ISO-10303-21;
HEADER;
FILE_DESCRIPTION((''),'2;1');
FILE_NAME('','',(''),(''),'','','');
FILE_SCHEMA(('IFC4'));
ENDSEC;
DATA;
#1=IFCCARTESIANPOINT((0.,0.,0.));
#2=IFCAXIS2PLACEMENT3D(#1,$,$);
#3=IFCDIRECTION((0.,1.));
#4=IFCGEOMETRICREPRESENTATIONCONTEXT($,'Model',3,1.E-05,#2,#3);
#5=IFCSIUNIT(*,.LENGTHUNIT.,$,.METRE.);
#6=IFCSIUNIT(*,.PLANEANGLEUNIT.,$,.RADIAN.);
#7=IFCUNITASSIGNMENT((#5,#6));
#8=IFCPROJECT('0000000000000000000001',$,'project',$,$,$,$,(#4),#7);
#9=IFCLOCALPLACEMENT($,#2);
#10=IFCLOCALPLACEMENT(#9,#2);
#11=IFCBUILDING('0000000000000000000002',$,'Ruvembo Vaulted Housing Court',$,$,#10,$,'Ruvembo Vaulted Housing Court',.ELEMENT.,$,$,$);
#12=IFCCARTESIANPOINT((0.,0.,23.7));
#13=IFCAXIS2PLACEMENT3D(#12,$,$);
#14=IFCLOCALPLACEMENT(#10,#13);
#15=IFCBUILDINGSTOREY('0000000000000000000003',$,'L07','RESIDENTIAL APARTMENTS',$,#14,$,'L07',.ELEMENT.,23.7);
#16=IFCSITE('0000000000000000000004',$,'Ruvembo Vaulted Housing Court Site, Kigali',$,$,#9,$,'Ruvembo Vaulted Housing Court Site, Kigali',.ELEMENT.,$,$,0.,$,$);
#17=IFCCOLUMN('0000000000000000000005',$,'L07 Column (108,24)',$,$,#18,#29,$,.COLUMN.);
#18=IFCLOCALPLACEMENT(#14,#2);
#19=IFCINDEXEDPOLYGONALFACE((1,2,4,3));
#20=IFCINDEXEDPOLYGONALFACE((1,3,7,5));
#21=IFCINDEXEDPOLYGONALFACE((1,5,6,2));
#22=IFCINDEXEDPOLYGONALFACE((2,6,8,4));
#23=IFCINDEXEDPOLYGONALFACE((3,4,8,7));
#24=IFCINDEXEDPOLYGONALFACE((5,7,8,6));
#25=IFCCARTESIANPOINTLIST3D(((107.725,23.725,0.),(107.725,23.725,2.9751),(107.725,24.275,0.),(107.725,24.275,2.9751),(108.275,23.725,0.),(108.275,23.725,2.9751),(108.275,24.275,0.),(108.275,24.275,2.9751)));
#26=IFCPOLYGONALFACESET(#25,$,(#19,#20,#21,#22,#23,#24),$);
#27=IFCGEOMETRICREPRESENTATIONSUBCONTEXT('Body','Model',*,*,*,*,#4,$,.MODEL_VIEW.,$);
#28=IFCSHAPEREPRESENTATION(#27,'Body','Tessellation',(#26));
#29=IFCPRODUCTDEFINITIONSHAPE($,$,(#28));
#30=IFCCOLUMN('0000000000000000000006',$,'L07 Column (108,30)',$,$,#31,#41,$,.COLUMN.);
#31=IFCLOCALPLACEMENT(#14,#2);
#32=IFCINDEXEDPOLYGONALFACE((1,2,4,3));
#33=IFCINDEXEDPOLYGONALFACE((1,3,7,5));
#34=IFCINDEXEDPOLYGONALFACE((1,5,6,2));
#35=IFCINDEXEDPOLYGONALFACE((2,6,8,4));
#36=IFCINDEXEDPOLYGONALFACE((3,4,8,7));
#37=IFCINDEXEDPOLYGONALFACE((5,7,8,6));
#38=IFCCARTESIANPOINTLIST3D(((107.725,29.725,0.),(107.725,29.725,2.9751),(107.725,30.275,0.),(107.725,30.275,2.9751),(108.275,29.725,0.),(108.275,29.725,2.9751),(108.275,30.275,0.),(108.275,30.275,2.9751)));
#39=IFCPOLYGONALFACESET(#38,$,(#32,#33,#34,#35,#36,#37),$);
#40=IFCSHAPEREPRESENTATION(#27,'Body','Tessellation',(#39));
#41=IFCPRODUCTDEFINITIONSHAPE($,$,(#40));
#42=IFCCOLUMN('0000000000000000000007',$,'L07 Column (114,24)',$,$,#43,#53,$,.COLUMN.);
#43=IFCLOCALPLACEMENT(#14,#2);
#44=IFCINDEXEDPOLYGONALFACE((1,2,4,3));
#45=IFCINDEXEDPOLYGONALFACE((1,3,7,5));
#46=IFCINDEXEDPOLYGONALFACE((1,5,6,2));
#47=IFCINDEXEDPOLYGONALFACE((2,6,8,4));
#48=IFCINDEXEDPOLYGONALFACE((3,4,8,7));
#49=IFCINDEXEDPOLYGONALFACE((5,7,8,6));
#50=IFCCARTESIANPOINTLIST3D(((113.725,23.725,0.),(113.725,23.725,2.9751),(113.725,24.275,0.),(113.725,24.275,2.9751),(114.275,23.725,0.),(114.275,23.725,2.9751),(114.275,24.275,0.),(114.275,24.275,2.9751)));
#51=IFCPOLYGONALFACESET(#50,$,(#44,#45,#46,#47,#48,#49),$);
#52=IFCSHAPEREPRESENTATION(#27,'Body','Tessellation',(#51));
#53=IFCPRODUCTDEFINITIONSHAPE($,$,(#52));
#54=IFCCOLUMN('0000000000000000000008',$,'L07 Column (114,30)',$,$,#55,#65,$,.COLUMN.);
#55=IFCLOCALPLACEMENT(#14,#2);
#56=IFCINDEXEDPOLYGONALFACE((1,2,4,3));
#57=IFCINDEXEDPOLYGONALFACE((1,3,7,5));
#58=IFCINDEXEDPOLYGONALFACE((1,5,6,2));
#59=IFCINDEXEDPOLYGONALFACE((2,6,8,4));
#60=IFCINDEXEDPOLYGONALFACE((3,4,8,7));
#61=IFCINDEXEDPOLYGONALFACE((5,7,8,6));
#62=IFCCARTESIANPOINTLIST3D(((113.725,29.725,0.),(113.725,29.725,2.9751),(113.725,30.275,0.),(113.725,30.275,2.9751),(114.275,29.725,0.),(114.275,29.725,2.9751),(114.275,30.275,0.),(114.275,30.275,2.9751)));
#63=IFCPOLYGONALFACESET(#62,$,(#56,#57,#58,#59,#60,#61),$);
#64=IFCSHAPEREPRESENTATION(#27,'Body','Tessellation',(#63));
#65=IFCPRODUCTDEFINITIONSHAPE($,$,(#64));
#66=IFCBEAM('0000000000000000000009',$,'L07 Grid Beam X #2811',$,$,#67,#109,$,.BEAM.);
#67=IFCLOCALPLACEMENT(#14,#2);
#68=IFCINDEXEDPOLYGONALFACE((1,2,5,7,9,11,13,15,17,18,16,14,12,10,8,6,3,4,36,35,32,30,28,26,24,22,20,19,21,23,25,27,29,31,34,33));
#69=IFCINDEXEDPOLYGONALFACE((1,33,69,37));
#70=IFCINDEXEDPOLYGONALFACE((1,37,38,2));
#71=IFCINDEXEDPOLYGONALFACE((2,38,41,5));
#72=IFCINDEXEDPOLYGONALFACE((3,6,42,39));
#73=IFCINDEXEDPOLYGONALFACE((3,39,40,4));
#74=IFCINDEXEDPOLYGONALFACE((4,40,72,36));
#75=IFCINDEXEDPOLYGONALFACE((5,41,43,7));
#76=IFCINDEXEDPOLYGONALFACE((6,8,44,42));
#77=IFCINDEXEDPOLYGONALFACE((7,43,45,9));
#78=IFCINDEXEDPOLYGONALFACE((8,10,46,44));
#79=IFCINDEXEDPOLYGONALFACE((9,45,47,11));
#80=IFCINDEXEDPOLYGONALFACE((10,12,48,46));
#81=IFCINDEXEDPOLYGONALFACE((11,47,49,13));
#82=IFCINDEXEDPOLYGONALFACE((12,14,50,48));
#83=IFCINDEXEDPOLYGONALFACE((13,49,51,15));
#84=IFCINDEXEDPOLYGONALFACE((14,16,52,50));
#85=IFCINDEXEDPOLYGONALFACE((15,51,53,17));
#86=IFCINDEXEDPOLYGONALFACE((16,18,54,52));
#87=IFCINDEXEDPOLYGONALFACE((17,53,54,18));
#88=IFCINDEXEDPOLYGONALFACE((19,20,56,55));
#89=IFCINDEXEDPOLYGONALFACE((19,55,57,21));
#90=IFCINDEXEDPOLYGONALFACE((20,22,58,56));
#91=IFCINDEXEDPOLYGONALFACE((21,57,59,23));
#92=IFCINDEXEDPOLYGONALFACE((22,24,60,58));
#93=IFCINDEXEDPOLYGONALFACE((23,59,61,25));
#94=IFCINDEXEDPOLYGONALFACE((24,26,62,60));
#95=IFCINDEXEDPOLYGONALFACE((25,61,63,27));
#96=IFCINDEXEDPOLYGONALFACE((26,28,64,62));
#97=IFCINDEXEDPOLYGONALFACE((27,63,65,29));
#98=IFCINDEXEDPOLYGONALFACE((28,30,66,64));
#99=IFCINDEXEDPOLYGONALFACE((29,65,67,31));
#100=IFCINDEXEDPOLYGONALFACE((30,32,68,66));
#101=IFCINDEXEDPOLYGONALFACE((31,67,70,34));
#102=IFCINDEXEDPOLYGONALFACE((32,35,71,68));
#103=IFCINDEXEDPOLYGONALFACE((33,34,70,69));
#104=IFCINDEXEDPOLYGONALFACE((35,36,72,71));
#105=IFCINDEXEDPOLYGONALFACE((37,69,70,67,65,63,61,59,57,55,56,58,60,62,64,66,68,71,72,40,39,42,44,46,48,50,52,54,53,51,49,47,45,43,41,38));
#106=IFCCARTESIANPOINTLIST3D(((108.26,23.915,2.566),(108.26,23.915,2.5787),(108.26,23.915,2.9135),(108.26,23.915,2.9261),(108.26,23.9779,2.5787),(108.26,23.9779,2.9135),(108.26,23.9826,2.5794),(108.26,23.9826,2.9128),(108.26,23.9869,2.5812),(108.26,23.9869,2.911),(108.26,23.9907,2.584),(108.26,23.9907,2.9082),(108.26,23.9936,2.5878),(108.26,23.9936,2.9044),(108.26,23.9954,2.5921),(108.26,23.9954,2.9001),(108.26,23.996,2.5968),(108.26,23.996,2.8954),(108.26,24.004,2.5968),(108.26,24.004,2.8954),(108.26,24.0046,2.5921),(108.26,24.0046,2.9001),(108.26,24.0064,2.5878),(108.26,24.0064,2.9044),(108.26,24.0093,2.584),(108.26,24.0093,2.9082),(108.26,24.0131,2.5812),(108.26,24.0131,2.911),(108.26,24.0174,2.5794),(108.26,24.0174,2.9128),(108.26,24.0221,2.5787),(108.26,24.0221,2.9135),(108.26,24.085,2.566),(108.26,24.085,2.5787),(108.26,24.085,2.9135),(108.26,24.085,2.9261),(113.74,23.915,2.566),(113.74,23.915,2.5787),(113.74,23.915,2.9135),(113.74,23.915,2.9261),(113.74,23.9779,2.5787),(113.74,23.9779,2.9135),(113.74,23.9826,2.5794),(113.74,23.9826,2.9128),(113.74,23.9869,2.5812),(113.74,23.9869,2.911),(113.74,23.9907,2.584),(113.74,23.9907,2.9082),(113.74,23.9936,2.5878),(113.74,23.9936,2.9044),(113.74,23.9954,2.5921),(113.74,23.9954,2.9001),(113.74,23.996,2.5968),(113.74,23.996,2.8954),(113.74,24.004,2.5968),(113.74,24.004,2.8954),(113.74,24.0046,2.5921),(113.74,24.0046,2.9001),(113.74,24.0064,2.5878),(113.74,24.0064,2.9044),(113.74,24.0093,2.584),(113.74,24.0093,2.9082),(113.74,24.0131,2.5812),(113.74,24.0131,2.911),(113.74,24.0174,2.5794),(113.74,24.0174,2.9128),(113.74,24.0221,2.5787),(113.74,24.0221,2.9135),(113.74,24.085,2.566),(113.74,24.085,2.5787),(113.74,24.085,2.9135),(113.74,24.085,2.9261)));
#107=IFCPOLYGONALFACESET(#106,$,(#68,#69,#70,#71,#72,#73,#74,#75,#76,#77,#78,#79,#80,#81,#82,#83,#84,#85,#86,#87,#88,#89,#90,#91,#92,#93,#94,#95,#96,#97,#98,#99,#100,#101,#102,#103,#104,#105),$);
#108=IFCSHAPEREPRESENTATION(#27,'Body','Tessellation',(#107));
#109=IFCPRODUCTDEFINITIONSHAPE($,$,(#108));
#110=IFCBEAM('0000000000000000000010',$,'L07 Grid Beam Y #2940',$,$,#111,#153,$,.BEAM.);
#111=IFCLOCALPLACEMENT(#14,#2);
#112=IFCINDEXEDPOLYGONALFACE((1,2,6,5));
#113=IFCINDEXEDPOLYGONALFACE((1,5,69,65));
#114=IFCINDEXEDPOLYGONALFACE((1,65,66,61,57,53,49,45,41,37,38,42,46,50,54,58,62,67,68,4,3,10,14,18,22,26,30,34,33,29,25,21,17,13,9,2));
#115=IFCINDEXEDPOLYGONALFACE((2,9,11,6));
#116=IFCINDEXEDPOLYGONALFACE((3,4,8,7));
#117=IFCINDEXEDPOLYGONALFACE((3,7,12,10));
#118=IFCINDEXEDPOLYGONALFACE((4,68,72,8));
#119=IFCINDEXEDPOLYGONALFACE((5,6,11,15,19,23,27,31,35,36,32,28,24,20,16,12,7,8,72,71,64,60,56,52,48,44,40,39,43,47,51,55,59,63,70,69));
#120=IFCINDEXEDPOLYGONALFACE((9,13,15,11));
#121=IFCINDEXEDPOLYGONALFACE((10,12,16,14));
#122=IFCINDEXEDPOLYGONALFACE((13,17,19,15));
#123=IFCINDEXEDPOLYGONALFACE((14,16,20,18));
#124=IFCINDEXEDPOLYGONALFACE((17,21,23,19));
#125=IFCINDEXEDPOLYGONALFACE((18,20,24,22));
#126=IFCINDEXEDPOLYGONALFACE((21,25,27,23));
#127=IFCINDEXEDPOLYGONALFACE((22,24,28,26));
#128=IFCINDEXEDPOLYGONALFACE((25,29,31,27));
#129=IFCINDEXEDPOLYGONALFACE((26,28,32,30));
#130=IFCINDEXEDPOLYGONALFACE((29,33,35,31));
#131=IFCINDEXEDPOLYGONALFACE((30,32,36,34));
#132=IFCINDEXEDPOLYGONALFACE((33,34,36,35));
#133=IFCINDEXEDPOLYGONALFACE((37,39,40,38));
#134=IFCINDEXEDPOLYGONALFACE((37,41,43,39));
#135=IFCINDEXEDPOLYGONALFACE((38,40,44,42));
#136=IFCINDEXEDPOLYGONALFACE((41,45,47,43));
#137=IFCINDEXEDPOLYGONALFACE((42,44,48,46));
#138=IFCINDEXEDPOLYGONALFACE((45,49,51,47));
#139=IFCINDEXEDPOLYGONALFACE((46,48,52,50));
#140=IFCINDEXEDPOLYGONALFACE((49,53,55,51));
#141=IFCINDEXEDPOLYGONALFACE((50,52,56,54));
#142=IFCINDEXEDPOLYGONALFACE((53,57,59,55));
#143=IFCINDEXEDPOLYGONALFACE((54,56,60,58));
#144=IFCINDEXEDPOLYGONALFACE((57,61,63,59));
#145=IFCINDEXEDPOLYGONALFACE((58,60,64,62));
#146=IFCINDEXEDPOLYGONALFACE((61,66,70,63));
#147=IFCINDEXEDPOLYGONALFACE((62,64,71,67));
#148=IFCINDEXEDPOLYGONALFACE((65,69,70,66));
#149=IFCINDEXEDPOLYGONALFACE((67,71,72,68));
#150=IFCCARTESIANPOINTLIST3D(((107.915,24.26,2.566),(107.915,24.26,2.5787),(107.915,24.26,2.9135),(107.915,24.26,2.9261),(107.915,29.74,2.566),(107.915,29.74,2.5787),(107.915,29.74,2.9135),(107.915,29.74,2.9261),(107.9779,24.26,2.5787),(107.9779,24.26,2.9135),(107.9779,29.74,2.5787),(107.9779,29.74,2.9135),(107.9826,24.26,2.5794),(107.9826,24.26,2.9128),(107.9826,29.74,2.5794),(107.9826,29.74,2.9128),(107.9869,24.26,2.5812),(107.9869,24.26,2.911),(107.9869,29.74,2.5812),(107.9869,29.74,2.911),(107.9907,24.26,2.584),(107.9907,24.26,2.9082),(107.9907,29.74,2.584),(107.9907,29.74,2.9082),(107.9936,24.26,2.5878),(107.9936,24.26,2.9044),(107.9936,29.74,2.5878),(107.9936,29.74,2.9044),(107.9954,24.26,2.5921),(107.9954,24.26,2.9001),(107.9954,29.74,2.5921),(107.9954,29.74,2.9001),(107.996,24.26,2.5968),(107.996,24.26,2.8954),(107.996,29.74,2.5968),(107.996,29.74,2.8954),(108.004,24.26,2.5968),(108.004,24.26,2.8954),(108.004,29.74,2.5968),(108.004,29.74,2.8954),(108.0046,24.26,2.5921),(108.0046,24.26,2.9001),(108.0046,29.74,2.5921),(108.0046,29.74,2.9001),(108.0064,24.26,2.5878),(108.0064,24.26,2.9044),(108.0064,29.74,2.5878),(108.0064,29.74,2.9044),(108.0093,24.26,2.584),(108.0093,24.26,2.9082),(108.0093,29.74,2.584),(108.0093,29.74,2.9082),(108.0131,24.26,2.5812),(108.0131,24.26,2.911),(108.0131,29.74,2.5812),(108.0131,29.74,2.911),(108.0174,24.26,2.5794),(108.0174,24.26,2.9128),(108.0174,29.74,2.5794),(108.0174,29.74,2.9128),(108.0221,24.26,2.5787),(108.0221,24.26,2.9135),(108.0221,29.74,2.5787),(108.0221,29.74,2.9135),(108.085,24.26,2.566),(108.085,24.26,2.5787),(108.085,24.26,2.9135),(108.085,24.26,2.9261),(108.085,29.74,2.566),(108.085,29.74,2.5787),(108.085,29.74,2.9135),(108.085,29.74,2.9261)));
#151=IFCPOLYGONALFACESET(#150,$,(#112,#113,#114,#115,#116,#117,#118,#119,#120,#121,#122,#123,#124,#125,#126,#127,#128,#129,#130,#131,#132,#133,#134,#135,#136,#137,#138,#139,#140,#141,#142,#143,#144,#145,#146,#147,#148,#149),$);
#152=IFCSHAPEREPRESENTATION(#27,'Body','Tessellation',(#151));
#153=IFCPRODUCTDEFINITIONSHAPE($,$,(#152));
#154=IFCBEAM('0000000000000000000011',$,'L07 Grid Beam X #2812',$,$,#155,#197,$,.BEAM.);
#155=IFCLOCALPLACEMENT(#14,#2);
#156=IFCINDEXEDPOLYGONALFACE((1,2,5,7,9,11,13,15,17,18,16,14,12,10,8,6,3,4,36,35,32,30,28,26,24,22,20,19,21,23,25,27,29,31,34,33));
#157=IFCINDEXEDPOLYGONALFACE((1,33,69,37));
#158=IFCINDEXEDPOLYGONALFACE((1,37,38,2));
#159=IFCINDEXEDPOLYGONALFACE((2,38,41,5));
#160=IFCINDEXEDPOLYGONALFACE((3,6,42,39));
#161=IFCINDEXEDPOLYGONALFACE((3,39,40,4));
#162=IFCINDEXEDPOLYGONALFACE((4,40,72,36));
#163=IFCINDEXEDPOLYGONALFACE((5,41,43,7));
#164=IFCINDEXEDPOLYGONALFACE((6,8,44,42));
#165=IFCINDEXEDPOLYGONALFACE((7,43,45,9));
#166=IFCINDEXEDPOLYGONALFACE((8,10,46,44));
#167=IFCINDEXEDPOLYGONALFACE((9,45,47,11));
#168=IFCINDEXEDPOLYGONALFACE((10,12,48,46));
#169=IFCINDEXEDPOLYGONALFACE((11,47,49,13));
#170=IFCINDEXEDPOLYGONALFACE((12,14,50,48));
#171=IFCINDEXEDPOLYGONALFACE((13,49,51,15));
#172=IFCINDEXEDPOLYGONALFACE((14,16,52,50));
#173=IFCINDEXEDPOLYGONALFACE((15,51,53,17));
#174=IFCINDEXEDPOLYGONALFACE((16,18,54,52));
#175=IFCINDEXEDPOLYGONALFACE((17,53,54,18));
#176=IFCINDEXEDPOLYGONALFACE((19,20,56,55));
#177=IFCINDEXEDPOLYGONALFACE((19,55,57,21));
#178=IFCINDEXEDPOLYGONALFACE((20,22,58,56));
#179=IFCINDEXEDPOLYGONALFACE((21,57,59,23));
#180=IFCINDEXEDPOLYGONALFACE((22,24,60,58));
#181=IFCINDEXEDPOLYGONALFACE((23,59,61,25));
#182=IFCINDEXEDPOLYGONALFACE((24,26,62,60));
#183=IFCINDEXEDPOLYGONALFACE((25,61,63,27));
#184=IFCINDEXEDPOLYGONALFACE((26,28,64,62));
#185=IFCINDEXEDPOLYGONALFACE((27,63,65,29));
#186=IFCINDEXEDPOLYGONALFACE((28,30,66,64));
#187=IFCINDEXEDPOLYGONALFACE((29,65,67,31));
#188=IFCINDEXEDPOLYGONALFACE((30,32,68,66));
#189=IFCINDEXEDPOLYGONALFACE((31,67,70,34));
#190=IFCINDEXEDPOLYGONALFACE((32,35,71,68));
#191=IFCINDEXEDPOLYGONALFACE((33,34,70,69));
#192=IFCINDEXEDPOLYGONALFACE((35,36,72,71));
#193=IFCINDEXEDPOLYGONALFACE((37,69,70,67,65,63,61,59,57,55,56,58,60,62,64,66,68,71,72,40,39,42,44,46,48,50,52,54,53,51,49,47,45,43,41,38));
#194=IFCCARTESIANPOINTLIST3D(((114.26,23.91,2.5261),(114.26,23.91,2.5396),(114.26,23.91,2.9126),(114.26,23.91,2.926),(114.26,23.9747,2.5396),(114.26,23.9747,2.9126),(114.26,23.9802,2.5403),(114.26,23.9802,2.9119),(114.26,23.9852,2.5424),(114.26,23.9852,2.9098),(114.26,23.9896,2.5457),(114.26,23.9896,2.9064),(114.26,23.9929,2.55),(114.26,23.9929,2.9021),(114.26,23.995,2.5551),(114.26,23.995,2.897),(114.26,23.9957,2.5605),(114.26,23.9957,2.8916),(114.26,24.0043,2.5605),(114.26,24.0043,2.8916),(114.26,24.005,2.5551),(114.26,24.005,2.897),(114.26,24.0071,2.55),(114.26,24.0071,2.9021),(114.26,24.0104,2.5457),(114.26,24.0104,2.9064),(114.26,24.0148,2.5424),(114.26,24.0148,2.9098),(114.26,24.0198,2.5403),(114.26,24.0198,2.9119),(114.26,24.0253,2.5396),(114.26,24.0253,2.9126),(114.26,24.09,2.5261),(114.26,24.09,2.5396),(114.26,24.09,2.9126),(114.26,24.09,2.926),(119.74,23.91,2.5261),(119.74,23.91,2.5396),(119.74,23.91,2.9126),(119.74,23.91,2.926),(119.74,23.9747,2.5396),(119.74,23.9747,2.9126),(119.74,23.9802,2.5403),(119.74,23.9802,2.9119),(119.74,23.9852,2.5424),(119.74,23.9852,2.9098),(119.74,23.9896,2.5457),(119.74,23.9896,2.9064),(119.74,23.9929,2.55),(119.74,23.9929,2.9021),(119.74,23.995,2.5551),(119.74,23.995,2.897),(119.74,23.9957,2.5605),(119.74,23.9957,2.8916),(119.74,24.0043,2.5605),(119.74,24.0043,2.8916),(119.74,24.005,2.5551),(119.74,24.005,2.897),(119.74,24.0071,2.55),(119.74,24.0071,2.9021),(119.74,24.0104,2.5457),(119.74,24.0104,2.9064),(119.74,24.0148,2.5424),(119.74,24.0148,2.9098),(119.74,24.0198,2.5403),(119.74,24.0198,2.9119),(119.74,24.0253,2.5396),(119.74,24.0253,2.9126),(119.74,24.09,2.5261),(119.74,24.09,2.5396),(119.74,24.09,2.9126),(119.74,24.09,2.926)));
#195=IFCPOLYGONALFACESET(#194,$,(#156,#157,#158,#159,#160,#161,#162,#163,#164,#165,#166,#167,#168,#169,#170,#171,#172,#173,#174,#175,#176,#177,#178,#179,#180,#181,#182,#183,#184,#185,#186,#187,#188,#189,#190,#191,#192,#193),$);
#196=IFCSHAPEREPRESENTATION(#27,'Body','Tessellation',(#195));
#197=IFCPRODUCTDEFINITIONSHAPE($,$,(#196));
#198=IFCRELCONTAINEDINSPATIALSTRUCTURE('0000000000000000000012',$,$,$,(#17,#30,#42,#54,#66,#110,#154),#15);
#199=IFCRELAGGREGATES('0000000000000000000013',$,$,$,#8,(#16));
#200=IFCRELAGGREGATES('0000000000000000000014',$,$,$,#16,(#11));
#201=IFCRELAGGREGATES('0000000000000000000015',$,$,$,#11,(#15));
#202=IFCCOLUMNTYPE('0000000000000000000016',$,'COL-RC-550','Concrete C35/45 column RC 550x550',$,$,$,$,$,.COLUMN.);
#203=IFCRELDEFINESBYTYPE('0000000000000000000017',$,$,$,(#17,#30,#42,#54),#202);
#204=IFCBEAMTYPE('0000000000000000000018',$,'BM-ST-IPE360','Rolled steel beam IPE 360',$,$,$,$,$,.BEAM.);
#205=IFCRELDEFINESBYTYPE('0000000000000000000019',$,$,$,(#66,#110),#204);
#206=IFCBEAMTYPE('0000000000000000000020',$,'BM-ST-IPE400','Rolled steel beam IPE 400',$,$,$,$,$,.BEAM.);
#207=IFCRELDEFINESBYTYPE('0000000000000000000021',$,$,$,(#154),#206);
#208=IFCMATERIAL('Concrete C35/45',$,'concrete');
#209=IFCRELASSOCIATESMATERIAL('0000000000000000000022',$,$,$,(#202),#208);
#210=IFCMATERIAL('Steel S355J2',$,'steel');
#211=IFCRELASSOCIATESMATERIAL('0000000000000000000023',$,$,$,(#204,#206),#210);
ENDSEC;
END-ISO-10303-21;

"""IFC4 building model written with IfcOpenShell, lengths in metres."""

from ifc_helpers import new_model, si_unit, direction, frame, origin, origin_2d, place, context, subcontext, project, spatial, rectangle, i_section, extrude, material, material_profile, profile_set, type_object, element, save


model = new_model("IFC4")

# Units and contexts
model_context = context("Model", 3, precision=1e-05, world=origin(), true_north=direction((0.0, 1.0)))
body_context = subcontext(model_context, "Body", "Model", "MODEL_VIEW")
ifc_project = project(units=[si_unit("LENGTHUNIT", "METRE"), si_unit("PLANEANGLEUNIT", "RADIAN")], contexts=[model_context])

# Site, building, storey
site_placement = place(None, origin())
site = spatial("IfcSite", under=ifc_project, at=site_placement, Name="Ruvembo Vaulted Housing Court Site, Kigali", LongName="Ruvembo Vaulted Housing Court Site, Kigali", CompositionType="ELEMENT", RefElevation=0.0)
building_placement = place(site_placement, origin())
building = spatial("IfcBuilding", under=site, at=building_placement, Name="Ruvembo Vaulted Housing Court", LongName="Ruvembo Vaulted Housing Court", CompositionType="ELEMENT")
storey_placement = place(building_placement, frame((0.0, 0.0, 23.7)))
storey = spatial("IfcBuildingStorey", under=building, at=storey_placement, Name="L07", Description="RESIDENTIAL APARTMENTS", LongName="L07", CompositionType="ELEMENT", Elevation=23.7)

# Columns
ifc_material_1 = material(Name="Concrete C35/45", Category="concrete")
ifc_material_profile_1 = material_profile(ifc_material_1, rectangle(XDim=0.55, YDim=0.55, at=origin_2d()), Name="RC 550x550")
ifc_profile_set_1 = profile_set([ifc_material_profile_1], Name="Concrete C35/45")
column_type = type_object("IfcColumnType", Name="COL-RC-550", Description="Concrete C35/45 column RC 550x550", PredefinedType="COLUMN", material=ifc_profile_set_1)
for number, where, z_axis, x_axis, name in (
    (1, (108.0, 24.0, 0.0), (0.0, 0.0, 1.0), (1.0, 0.0, 0.0), "L07 Column (108,24)"),
    (2, (108.0, 30.0, 0.0), (0.0, 0.0, 1.0), (1.0, 0.0, 0.0), "L07 Column (108,30)"),
    (3, (114.0, 24.0, 0.0), (0.0, 0.0, 1.0), (1.0, 0.0, 0.0), "L07 Column (114,24)"),
    (4, (114.0, 30.0, 0.0), (0.0, 0.0, 1.0), (1.0, 0.0, 0.0), "L07 Column (114,30)"),
):
    element("IfcColumn", number, at=place(storey_placement, frame(where, z_axis=z_axis, x_axis=x_axis)), inside=storey, type_object=column_type, Name=name, PredefinedType="COLUMN", context=body_context, shape_type="SweptSolid", body=[
        extrude(rectangle(XDim=0.55, YDim=0.55, at=origin_2d()), origin(), (0.0, 0.0, 1.0), 2.9751),
    ])

# Beams
ifc_material_2 = material(Name="Steel S355J2", Category="steel")
ifc_material_profile_2 = material_profile(ifc_material_2, i_section(OverallWidth=0.1699, OverallDepth=0.3601, WebThickness=0.0081, FlangeThickness=0.0127, FilletRadius=0.0181, at=origin_2d()), Name="IPE 360")
ifc_profile_set_2 = profile_set([ifc_material_profile_2], Name="Steel S355J2")
beam_type_1 = type_object("IfcBeamType", Name="BM-ST-IPE360", Description="Rolled steel beam IPE 360", PredefinedType="BEAM", material=ifc_profile_set_2)
for number, where, z_axis, x_axis, name in (
    (5, (108.26, 24.0, 2.7461), (1.0, 0.0, 0.0), (0.0, 1.0, 0.0), "L07 Grid Beam X #2811"),
    (6, (108.0, 24.26, 2.7461), (0.0, 1.0, 0.0), (-1.0, 0.0, 0.0), "L07 Grid Beam Y #2940"),
):
    element("IfcBeam", number, at=place(storey_placement, frame(where, z_axis=z_axis, x_axis=x_axis)), inside=storey, type_object=beam_type_1, Name=name, PredefinedType="BEAM", context=body_context, shape_type="SweptSolid", body=[
        extrude(i_section(OverallWidth=0.1699, OverallDepth=0.3601, WebThickness=0.0081, FlangeThickness=0.0127, FilletRadius=0.0181, at=origin_2d()), origin(), (0.0, 0.0, 1.0), 5.48),
    ])
ifc_material_profile_3 = material_profile(ifc_material_2, i_section(OverallWidth=0.1799, OverallDepth=0.3999, WebThickness=0.0085, FlangeThickness=0.0134, FilletRadius=0.021, at=origin_2d()), Name="IPE 400")
ifc_profile_set_3 = profile_set([ifc_material_profile_3], Name="Steel S355J2")
beam_type_2 = type_object("IfcBeamType", Name="BM-ST-IPE400", Description="Rolled steel beam IPE 400", PredefinedType="BEAM", material=ifc_profile_set_3)
for number, where, z_axis, x_axis, name in (
    (7, (114.26, 24.0, 2.7261), (1.0, 0.0, 0.0), (0.0, 1.0, 0.0), "L07 Grid Beam X #2812"),
):
    element("IfcBeam", number, at=place(storey_placement, frame(where, z_axis=z_axis, x_axis=x_axis)), inside=storey, type_object=beam_type_2, Name=name, PredefinedType="BEAM", context=body_context, shape_type="SweptSolid", body=[
        extrude(i_section(OverallWidth=0.1799, OverallDepth=0.3999, WebThickness=0.0085, FlangeThickness=0.0134, FilletRadius=0.021, at=origin_2d()), origin(), (0.0, 0.0, 1.0), 5.48),
    ])

save(model, "model.ifc")
